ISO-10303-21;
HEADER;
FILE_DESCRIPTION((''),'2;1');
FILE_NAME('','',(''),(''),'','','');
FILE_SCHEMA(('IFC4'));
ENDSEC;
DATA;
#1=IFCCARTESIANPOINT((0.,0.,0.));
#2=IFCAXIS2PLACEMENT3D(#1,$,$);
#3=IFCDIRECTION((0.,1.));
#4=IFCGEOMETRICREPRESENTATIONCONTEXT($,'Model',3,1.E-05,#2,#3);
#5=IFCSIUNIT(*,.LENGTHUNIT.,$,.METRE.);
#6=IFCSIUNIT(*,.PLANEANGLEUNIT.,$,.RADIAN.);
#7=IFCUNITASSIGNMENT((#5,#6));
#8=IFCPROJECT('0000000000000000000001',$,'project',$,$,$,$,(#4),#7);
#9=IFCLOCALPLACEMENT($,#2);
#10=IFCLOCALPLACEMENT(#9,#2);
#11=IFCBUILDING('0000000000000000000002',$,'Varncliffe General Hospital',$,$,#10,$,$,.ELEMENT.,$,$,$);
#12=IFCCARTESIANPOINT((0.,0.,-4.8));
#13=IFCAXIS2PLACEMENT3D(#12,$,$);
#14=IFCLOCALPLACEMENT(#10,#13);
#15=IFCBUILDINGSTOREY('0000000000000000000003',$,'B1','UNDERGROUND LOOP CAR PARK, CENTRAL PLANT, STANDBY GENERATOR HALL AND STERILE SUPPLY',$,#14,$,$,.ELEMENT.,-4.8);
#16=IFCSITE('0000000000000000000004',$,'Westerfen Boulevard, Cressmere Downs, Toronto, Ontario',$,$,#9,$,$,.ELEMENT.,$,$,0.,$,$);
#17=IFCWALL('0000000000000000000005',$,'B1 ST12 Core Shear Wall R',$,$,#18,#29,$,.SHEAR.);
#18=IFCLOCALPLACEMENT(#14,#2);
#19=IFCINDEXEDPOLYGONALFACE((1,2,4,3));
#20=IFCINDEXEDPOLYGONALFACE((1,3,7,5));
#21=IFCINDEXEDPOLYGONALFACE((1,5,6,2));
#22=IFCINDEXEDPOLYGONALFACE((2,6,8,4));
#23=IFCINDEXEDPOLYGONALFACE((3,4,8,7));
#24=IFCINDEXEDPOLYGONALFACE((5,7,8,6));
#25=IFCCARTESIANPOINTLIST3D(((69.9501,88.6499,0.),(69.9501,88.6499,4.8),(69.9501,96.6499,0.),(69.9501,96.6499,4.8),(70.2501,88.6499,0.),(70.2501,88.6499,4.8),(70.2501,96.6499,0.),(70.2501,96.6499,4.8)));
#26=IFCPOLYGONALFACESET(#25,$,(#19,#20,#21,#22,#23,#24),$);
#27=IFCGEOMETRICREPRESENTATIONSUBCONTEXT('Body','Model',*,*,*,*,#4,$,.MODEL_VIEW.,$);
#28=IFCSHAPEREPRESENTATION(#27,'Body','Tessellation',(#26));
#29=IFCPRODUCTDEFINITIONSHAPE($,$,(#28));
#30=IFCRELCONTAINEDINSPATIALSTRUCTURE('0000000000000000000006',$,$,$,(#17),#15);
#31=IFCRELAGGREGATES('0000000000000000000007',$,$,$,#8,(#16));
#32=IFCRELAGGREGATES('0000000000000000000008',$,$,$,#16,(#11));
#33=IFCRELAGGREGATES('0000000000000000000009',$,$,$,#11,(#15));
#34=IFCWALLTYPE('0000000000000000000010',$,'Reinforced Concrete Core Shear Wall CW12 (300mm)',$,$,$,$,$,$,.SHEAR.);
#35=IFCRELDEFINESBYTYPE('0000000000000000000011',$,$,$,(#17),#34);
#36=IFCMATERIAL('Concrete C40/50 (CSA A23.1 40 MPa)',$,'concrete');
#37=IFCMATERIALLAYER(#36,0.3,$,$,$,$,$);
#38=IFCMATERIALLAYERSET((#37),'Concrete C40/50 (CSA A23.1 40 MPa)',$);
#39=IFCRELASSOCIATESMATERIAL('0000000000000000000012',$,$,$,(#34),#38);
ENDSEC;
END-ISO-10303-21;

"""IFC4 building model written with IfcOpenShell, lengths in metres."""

from ifc_helpers import new_model, si_unit, direction, frame, frame_2d, origin, place, context, subcontext, project, spatial, rectangle, extrude, material, layer, layer_set, type_object, element, save


model = new_model("IFC4")

# Units and contexts
model_context = context("Model", 3, precision=1e-05, world=origin(), true_north=direction((0.0, 1.0)))
body_context = subcontext(model_context, "Body", "Model", "MODEL_VIEW")
ifc_project = project(units=[si_unit("LENGTHUNIT", "METRE"), si_unit("PLANEANGLEUNIT", "RADIAN")], contexts=[model_context])

# Site, building, storey
site_placement = place(None, origin())
site = spatial("IfcSite", under=ifc_project, at=site_placement, Name="Westerfen Boulevard, Cressmere Downs, Toronto, Ontario", CompositionType="ELEMENT", RefElevation=0.0)
building_placement = place(site_placement, origin())
building = spatial("IfcBuilding", under=site, at=building_placement, Name="Varncliffe General Hospital", CompositionType="ELEMENT")
storey_placement = place(building_placement, frame((0.0, 0.0, -4.8)))
storey = spatial("IfcBuildingStorey", under=building, at=storey_placement, Name="B1", Description="UNDERGROUND LOOP CAR PARK, CENTRAL PLANT, STANDBY GENERATOR HALL AND STERILE SUPPLY", CompositionType="ELEMENT", Elevation=-4.8)

# Shared definitions
ifc_material_1 = material(Name="Concrete C40/50 (CSA A23.1 40 MPa)", Category="concrete")

# Wall
ifc_layer = layer(ifc_material_1, 0.3)
ifc_layer_set = layer_set([ifc_layer], Name="Concrete C40/50 (CSA A23.1 40 MPa)")
wall_type = type_object("IfcWallType", Name="Reinforced Concrete Core Shear Wall CW12 (300mm)", PredefinedType="SHEAR", material=ifc_layer_set)
wall_1_placement = place(storey_placement, frame((70.1001, 96.6499, 0.0), z_axis=(0.0, 0.0, 1.0), x_axis=(0.0, -1.0, 0.0)))
element("IfcWall", 1, at=wall_1_placement, inside=storey, type_object=wall_type, Name="B1 ST12 Core Shear Wall R", PredefinedType="SHEAR", context=body_context, shape_type="SweptSolid", body=[
    extrude(rectangle(XDim=8.0, YDim=0.3, at=frame_2d((4.0, 0.0))), origin(), (0.0, 0.0, 1.0), 4.8),
])

save(model, "model.ifc")
